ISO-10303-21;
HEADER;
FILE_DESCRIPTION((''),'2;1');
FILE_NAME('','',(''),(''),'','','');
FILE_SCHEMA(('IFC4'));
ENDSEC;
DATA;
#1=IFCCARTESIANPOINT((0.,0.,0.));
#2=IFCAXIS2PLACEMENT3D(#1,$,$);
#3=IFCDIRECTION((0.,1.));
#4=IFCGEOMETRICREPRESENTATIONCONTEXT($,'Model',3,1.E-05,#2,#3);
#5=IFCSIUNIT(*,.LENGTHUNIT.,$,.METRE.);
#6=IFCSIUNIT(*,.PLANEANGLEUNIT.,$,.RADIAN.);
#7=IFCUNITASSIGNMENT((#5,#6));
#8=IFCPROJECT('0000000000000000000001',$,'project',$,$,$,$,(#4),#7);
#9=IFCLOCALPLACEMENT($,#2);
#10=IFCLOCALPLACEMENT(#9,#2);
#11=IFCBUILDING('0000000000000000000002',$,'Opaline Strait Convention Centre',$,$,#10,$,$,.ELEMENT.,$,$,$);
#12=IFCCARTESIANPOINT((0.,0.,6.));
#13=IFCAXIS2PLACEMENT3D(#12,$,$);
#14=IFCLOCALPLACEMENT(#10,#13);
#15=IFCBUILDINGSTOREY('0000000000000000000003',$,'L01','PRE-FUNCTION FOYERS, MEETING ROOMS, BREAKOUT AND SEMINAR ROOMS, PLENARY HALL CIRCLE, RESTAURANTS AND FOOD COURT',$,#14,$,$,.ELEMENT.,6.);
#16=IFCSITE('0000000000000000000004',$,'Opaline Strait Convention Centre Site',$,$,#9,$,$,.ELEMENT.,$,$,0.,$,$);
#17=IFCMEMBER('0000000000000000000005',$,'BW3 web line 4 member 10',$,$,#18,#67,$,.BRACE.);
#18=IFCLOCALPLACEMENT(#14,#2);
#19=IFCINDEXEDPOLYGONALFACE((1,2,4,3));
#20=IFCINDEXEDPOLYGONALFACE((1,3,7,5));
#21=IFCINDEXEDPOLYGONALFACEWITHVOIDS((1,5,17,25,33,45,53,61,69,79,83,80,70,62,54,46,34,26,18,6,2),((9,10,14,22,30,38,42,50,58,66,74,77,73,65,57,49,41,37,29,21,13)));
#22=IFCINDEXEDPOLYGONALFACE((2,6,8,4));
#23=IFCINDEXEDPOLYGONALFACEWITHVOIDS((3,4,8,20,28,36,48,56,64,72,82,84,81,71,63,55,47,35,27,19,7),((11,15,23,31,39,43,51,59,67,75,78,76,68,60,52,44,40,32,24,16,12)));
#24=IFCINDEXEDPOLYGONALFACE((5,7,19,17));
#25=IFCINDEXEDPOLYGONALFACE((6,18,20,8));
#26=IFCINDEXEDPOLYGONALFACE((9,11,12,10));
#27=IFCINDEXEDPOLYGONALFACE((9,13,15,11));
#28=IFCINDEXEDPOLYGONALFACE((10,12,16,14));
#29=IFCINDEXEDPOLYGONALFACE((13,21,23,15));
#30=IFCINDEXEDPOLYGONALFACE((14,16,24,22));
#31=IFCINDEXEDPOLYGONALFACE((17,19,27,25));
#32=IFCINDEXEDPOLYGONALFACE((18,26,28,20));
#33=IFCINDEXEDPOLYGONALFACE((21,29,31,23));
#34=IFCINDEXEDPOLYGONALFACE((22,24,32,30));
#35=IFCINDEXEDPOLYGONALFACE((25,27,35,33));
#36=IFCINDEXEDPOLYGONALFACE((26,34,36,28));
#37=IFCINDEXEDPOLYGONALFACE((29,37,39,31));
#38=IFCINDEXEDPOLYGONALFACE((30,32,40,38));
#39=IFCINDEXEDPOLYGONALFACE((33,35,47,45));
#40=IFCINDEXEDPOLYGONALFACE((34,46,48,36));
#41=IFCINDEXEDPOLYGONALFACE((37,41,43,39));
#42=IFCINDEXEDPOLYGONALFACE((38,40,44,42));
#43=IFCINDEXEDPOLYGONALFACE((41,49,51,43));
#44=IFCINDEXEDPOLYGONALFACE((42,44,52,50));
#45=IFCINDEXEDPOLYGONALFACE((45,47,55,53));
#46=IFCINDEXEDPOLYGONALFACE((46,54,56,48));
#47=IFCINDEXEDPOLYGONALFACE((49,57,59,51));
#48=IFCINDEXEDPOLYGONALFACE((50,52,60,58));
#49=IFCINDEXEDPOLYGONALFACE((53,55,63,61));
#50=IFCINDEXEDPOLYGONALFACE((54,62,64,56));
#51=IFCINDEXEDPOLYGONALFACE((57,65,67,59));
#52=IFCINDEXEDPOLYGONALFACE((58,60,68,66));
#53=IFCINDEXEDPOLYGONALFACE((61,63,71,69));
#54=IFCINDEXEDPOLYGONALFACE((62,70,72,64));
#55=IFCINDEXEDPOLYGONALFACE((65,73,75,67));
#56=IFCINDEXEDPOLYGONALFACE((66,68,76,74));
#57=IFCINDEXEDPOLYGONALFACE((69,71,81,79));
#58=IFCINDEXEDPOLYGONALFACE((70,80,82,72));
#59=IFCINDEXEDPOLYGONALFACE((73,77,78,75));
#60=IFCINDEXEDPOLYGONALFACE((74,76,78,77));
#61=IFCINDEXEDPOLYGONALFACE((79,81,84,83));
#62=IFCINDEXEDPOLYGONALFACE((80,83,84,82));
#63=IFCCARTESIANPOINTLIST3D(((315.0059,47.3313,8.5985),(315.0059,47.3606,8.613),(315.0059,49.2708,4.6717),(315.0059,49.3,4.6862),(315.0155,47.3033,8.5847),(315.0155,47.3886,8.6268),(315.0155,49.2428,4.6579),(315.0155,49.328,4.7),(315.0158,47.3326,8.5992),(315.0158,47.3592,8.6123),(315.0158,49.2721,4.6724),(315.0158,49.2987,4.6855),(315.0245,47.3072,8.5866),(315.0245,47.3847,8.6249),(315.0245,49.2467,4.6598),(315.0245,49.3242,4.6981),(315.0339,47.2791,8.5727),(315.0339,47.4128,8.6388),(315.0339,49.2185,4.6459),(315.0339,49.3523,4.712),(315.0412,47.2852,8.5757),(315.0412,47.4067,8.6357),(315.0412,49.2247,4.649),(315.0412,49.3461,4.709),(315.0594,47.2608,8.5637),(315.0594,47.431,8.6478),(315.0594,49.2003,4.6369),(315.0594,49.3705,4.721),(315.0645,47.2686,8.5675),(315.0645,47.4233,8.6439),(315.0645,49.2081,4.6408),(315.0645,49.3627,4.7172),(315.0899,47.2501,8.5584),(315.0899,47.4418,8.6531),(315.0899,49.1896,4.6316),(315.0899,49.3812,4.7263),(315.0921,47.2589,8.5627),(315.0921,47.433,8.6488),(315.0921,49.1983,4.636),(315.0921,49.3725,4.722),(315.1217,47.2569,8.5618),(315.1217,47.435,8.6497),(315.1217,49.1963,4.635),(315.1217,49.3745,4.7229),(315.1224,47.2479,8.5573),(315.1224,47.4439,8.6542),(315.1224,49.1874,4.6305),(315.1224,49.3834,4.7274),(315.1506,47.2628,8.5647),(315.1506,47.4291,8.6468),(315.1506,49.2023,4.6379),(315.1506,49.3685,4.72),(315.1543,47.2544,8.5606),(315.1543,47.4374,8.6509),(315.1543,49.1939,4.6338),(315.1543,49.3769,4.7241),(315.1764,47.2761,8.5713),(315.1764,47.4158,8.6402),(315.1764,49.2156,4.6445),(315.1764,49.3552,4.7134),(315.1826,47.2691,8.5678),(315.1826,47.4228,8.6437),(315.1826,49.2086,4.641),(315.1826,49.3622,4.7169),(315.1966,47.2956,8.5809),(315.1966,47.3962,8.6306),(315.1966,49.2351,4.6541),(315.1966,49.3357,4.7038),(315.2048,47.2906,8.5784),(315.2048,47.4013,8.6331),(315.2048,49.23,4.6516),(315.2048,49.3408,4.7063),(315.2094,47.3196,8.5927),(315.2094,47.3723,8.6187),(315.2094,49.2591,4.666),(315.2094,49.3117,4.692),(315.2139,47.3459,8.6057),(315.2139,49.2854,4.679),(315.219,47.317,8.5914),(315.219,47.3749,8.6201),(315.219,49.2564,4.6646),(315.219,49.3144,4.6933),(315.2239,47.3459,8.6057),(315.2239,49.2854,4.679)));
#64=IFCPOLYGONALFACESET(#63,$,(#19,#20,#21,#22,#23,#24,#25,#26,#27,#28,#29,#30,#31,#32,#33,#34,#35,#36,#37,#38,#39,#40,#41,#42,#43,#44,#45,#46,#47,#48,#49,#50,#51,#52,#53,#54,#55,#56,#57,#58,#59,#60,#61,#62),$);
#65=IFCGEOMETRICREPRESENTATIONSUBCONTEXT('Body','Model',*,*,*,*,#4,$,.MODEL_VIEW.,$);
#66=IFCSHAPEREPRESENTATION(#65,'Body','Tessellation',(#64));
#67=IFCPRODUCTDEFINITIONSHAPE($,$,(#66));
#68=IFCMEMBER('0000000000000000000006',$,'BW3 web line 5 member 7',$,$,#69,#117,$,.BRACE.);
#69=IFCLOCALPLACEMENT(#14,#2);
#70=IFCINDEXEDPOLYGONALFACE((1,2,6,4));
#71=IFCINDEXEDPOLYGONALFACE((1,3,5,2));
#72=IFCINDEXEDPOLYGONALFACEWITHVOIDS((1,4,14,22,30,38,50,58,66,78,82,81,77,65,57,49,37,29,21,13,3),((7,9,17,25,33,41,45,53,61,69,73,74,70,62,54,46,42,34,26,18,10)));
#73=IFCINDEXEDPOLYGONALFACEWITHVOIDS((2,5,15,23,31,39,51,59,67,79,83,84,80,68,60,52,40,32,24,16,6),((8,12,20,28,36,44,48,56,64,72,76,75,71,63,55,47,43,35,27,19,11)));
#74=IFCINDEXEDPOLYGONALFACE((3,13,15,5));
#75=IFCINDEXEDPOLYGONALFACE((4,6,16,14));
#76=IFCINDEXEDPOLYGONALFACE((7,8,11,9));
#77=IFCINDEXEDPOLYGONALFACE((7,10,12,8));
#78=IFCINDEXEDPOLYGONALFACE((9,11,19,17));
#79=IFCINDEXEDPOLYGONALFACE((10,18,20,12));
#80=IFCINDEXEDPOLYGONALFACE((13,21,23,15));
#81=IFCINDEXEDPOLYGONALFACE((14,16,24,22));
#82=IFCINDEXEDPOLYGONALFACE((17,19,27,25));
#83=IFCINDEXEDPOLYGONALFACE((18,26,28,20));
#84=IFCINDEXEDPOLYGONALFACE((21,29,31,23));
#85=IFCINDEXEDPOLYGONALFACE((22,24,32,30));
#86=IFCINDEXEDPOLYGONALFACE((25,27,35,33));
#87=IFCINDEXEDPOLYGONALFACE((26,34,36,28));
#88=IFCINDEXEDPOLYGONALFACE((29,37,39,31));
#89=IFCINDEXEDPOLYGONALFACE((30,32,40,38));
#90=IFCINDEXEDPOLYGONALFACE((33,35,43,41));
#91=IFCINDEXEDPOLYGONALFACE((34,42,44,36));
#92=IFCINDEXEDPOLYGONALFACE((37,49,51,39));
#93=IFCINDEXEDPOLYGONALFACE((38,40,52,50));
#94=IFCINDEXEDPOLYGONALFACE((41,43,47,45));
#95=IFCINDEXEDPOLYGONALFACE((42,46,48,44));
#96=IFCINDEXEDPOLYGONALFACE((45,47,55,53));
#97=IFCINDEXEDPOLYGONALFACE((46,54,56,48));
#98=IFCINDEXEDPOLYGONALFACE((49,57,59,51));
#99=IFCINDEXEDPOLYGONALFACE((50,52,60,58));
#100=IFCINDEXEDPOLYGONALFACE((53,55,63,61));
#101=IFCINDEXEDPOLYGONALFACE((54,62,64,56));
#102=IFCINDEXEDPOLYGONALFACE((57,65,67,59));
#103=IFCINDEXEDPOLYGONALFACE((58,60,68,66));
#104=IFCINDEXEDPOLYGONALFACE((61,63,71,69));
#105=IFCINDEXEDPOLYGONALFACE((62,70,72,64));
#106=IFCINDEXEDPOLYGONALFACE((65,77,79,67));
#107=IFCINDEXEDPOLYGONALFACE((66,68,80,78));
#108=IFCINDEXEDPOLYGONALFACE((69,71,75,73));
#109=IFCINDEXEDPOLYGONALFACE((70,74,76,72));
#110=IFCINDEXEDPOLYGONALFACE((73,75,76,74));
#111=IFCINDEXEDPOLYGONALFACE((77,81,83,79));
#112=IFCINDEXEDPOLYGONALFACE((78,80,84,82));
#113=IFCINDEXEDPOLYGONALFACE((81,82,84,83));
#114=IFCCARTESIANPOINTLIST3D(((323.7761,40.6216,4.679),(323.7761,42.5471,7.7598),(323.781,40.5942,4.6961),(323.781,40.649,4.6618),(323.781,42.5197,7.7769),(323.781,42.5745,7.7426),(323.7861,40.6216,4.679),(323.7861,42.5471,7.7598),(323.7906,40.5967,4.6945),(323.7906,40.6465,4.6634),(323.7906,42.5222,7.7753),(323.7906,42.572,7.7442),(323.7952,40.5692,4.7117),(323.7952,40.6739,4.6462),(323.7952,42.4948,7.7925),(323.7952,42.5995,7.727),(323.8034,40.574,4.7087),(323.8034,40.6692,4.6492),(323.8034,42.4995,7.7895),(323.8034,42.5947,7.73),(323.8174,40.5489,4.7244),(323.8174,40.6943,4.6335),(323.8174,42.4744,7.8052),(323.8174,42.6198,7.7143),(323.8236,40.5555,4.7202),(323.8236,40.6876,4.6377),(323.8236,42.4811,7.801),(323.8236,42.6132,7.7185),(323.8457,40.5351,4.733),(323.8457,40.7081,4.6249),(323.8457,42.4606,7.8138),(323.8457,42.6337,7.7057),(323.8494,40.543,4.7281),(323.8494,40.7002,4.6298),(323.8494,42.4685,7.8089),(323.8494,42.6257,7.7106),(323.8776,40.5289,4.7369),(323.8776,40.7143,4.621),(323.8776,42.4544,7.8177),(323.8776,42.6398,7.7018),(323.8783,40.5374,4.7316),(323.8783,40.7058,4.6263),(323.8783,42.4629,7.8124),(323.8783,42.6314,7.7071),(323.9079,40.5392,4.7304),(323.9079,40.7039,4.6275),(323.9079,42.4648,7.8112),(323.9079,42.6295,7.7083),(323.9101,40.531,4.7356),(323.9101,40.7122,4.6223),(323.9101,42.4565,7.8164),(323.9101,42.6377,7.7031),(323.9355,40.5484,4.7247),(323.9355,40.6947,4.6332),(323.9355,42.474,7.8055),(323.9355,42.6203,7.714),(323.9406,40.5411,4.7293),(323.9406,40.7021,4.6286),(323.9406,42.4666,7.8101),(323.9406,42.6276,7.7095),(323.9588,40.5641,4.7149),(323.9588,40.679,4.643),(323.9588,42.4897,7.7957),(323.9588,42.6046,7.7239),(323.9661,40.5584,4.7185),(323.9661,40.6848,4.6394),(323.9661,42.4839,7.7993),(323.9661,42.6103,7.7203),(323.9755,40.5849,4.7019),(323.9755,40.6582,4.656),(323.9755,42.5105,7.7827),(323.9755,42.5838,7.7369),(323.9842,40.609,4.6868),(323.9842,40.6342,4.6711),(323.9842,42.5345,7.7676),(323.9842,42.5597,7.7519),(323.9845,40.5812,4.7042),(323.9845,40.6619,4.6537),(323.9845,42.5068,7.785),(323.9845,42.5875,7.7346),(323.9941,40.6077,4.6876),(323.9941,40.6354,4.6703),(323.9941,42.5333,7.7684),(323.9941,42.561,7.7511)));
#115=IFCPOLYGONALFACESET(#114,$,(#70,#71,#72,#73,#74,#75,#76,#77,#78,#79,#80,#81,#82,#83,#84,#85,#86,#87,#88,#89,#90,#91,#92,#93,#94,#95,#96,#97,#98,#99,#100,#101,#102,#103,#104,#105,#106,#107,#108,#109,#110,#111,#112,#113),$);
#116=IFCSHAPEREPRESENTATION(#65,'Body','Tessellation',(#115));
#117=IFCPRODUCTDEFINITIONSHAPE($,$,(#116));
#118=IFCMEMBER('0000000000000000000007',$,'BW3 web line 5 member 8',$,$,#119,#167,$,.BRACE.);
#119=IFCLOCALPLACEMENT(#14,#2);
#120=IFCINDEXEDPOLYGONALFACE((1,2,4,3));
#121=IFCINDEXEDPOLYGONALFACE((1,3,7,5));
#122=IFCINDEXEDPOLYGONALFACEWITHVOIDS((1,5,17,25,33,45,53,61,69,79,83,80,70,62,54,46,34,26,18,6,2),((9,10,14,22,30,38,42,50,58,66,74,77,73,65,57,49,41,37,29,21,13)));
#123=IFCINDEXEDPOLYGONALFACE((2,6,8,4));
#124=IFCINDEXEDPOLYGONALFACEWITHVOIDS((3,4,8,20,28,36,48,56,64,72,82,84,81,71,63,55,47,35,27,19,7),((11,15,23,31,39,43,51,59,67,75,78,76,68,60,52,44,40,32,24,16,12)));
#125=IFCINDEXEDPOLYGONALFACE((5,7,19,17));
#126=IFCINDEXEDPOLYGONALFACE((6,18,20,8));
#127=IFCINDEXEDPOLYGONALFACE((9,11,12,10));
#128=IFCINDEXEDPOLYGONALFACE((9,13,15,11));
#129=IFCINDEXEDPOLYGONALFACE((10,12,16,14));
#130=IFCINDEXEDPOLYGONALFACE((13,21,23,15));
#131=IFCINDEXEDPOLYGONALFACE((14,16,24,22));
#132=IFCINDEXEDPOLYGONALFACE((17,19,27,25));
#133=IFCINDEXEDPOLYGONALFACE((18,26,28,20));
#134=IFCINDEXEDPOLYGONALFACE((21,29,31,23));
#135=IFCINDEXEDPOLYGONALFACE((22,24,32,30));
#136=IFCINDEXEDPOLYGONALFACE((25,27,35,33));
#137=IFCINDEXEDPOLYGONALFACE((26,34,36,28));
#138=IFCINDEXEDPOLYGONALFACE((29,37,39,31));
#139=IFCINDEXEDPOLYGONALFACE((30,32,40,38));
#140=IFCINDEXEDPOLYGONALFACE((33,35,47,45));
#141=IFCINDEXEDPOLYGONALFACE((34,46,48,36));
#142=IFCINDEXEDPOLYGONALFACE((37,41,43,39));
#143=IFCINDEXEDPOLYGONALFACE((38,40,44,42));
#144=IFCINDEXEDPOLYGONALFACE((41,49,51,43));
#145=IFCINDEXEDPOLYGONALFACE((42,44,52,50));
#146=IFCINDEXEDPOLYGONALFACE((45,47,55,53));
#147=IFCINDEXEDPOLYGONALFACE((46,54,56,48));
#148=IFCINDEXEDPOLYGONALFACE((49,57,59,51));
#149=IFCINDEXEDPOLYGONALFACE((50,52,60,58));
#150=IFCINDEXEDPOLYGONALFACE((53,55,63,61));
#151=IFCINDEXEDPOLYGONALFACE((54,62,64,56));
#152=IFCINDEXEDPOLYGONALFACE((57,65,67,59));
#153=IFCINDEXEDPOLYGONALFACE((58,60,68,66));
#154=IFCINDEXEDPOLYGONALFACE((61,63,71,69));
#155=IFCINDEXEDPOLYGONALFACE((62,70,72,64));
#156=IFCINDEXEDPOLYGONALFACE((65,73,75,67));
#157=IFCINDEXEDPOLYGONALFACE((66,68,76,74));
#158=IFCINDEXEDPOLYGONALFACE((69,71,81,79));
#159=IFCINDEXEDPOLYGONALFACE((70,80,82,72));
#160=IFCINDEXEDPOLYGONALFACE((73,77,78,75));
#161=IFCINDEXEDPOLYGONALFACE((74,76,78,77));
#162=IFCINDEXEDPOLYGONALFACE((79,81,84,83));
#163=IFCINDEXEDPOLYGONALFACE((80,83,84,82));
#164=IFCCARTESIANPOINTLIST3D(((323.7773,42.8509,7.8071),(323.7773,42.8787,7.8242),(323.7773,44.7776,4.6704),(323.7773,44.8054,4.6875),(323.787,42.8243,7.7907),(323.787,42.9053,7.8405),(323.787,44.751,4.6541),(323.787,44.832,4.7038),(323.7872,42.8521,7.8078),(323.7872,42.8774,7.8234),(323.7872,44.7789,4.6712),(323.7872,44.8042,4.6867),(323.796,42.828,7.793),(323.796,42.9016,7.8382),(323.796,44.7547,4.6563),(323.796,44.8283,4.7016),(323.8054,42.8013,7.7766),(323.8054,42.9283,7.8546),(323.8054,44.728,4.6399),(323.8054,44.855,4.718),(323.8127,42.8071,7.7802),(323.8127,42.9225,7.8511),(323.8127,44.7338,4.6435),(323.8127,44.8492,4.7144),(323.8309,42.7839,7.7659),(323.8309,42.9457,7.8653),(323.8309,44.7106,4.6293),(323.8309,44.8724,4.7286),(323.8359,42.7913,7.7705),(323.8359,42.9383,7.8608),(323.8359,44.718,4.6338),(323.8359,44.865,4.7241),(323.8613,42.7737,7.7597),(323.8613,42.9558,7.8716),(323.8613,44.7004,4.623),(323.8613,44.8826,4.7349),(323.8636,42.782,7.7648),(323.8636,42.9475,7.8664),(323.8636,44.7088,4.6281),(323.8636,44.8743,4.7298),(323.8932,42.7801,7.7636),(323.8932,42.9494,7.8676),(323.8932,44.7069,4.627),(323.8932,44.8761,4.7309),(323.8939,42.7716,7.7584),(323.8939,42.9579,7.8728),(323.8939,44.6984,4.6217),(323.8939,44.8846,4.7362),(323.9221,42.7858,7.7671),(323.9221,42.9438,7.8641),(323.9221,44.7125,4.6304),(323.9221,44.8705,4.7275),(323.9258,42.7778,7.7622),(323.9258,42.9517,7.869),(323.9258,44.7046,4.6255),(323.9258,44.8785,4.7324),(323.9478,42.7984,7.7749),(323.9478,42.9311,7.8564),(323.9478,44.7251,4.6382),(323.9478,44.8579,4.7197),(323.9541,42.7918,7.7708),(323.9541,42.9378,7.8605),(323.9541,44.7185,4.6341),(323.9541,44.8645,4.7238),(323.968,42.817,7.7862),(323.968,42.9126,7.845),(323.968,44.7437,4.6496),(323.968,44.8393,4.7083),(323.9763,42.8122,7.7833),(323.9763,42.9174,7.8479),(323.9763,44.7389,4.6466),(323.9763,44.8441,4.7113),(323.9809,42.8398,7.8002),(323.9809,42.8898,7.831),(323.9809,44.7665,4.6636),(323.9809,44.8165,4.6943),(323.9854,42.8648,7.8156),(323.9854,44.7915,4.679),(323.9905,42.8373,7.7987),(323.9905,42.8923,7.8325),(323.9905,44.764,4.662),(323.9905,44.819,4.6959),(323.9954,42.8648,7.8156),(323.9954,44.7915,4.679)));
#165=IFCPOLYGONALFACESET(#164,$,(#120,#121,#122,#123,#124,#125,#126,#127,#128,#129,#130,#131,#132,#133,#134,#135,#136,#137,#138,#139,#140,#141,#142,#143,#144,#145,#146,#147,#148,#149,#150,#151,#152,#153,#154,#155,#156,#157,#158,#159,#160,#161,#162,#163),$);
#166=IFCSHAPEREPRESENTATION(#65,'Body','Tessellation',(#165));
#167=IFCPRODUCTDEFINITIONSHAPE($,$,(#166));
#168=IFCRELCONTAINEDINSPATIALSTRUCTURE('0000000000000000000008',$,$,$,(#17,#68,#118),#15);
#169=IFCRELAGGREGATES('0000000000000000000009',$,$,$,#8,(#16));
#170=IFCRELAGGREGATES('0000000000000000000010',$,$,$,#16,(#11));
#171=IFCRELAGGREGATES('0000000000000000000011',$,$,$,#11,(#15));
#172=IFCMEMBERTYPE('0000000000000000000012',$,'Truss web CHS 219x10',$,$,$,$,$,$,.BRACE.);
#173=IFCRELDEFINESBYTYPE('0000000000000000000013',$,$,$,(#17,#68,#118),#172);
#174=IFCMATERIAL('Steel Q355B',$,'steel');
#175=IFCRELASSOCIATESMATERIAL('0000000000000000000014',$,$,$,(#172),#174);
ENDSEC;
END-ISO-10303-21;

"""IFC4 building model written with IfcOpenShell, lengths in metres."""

from ifc_helpers import new_model, si_unit, direction, frame, origin, origin_2d, place, context, subcontext, project, spatial, hollow_circle, extrude, material, material_profile, profile_set, type_object, element, save


model = new_model("IFC4")

# Units and contexts
model_context = context("Model", 3, precision=1e-05, world=origin(), true_north=direction((0.0, 1.0)))
body_context = subcontext(model_context, "Body", "Model", "MODEL_VIEW")
ifc_project = project(units=[si_unit("LENGTHUNIT", "METRE"), si_unit("PLANEANGLEUNIT", "RADIAN")], contexts=[model_context])

# Site, building, storey
site_placement = place(None, origin())
site = spatial("IfcSite", under=ifc_project, at=site_placement, Name="Opaline Strait Convention Centre Site", CompositionType="ELEMENT", RefElevation=0.0)
building_placement = place(site_placement, origin())
building = spatial("IfcBuilding", under=site, at=building_placement, Name="Opaline Strait Convention Centre", CompositionType="ELEMENT")
storey_placement = place(building_placement, frame((0.0, 0.0, 6.0)))
storey = spatial("IfcBuildingStorey", under=building, at=storey_placement, Name="L01", Description="PRE-FUNCTION FOYERS, MEETING ROOMS, BREAKOUT AND SEMINAR ROOMS, PLENARY HALL CIRCLE, RESTAURANTS AND FOOD COURT", CompositionType="ELEMENT", Elevation=6.0)

# Members
ifc_material_1 = material(Name="Steel Q355B", Category="steel")
ifc_material_profile_1 = material_profile(ifc_material_1, hollow_circle(Radius=0.1096, WallThickness=0.01, at=origin_2d()), Name="CHS 219x10")
ifc_profile_set_1 = profile_set([ifc_material_profile_1], Name="Steel Q355B")
member_type_1 = type_object("IfcMemberType", Name="Truss web CHS 219x10", PredefinedType="BRACE", material=ifc_profile_set_1)
member_1_placement = place(storey_placement, frame((315.1143, 49.2854, 4.679), z_axis=(0.0, -0.442838, 0.896602), x_axis=(1.0, 0.0, 0.0)))
element("IfcMember", 1, at=member_1_placement, inside=storey, type_object=member_type_1, Name="BW3 web line 4 member 10", PredefinedType="BRACE", context=body_context, shape_type="SweptSolid", body=[
    extrude(hollow_circle(Radius=0.1096, WallThickness=0.01, at=origin_2d()), origin(), (0.0, 0.0, 1.0), 4.3796),
])
member_2_placement = place(storey_placement, frame((323.8857, 40.6216, 4.679), z_axis=(0.0, 0.530005, 0.847995), x_axis=(-1.0, 0.0, 0.0)))
element("IfcMember", 2, at=member_2_placement, inside=storey, type_object=member_type_1, Name="BW3 web line 5 member 7", PredefinedType="BRACE", context=body_context, shape_type="SweptSolid", body=[
    extrude(hollow_circle(Radius=0.1096, WallThickness=0.01, at=origin_2d()), origin(), (0.0, 0.0, 1.0), 3.6331),
])
member_3_placement = place(storey_placement, frame((323.8857, 44.7915, 4.679), z_axis=(0.0, -0.523402, 0.852086), x_axis=(1.0, 0.0, 0.0)))
element("IfcMember", 3, at=member_3_placement, inside=storey, type_object=member_type_1, Name="BW3 web line 5 member 8", PredefinedType="BRACE", context=body_context, shape_type="SweptSolid", body=[
    extrude(hollow_circle(Radius=0.1096, WallThickness=0.01, at=origin_2d()), origin(), (0.0, 0.0, 1.0), 3.6812),
])

save(model, "model.ifc")
